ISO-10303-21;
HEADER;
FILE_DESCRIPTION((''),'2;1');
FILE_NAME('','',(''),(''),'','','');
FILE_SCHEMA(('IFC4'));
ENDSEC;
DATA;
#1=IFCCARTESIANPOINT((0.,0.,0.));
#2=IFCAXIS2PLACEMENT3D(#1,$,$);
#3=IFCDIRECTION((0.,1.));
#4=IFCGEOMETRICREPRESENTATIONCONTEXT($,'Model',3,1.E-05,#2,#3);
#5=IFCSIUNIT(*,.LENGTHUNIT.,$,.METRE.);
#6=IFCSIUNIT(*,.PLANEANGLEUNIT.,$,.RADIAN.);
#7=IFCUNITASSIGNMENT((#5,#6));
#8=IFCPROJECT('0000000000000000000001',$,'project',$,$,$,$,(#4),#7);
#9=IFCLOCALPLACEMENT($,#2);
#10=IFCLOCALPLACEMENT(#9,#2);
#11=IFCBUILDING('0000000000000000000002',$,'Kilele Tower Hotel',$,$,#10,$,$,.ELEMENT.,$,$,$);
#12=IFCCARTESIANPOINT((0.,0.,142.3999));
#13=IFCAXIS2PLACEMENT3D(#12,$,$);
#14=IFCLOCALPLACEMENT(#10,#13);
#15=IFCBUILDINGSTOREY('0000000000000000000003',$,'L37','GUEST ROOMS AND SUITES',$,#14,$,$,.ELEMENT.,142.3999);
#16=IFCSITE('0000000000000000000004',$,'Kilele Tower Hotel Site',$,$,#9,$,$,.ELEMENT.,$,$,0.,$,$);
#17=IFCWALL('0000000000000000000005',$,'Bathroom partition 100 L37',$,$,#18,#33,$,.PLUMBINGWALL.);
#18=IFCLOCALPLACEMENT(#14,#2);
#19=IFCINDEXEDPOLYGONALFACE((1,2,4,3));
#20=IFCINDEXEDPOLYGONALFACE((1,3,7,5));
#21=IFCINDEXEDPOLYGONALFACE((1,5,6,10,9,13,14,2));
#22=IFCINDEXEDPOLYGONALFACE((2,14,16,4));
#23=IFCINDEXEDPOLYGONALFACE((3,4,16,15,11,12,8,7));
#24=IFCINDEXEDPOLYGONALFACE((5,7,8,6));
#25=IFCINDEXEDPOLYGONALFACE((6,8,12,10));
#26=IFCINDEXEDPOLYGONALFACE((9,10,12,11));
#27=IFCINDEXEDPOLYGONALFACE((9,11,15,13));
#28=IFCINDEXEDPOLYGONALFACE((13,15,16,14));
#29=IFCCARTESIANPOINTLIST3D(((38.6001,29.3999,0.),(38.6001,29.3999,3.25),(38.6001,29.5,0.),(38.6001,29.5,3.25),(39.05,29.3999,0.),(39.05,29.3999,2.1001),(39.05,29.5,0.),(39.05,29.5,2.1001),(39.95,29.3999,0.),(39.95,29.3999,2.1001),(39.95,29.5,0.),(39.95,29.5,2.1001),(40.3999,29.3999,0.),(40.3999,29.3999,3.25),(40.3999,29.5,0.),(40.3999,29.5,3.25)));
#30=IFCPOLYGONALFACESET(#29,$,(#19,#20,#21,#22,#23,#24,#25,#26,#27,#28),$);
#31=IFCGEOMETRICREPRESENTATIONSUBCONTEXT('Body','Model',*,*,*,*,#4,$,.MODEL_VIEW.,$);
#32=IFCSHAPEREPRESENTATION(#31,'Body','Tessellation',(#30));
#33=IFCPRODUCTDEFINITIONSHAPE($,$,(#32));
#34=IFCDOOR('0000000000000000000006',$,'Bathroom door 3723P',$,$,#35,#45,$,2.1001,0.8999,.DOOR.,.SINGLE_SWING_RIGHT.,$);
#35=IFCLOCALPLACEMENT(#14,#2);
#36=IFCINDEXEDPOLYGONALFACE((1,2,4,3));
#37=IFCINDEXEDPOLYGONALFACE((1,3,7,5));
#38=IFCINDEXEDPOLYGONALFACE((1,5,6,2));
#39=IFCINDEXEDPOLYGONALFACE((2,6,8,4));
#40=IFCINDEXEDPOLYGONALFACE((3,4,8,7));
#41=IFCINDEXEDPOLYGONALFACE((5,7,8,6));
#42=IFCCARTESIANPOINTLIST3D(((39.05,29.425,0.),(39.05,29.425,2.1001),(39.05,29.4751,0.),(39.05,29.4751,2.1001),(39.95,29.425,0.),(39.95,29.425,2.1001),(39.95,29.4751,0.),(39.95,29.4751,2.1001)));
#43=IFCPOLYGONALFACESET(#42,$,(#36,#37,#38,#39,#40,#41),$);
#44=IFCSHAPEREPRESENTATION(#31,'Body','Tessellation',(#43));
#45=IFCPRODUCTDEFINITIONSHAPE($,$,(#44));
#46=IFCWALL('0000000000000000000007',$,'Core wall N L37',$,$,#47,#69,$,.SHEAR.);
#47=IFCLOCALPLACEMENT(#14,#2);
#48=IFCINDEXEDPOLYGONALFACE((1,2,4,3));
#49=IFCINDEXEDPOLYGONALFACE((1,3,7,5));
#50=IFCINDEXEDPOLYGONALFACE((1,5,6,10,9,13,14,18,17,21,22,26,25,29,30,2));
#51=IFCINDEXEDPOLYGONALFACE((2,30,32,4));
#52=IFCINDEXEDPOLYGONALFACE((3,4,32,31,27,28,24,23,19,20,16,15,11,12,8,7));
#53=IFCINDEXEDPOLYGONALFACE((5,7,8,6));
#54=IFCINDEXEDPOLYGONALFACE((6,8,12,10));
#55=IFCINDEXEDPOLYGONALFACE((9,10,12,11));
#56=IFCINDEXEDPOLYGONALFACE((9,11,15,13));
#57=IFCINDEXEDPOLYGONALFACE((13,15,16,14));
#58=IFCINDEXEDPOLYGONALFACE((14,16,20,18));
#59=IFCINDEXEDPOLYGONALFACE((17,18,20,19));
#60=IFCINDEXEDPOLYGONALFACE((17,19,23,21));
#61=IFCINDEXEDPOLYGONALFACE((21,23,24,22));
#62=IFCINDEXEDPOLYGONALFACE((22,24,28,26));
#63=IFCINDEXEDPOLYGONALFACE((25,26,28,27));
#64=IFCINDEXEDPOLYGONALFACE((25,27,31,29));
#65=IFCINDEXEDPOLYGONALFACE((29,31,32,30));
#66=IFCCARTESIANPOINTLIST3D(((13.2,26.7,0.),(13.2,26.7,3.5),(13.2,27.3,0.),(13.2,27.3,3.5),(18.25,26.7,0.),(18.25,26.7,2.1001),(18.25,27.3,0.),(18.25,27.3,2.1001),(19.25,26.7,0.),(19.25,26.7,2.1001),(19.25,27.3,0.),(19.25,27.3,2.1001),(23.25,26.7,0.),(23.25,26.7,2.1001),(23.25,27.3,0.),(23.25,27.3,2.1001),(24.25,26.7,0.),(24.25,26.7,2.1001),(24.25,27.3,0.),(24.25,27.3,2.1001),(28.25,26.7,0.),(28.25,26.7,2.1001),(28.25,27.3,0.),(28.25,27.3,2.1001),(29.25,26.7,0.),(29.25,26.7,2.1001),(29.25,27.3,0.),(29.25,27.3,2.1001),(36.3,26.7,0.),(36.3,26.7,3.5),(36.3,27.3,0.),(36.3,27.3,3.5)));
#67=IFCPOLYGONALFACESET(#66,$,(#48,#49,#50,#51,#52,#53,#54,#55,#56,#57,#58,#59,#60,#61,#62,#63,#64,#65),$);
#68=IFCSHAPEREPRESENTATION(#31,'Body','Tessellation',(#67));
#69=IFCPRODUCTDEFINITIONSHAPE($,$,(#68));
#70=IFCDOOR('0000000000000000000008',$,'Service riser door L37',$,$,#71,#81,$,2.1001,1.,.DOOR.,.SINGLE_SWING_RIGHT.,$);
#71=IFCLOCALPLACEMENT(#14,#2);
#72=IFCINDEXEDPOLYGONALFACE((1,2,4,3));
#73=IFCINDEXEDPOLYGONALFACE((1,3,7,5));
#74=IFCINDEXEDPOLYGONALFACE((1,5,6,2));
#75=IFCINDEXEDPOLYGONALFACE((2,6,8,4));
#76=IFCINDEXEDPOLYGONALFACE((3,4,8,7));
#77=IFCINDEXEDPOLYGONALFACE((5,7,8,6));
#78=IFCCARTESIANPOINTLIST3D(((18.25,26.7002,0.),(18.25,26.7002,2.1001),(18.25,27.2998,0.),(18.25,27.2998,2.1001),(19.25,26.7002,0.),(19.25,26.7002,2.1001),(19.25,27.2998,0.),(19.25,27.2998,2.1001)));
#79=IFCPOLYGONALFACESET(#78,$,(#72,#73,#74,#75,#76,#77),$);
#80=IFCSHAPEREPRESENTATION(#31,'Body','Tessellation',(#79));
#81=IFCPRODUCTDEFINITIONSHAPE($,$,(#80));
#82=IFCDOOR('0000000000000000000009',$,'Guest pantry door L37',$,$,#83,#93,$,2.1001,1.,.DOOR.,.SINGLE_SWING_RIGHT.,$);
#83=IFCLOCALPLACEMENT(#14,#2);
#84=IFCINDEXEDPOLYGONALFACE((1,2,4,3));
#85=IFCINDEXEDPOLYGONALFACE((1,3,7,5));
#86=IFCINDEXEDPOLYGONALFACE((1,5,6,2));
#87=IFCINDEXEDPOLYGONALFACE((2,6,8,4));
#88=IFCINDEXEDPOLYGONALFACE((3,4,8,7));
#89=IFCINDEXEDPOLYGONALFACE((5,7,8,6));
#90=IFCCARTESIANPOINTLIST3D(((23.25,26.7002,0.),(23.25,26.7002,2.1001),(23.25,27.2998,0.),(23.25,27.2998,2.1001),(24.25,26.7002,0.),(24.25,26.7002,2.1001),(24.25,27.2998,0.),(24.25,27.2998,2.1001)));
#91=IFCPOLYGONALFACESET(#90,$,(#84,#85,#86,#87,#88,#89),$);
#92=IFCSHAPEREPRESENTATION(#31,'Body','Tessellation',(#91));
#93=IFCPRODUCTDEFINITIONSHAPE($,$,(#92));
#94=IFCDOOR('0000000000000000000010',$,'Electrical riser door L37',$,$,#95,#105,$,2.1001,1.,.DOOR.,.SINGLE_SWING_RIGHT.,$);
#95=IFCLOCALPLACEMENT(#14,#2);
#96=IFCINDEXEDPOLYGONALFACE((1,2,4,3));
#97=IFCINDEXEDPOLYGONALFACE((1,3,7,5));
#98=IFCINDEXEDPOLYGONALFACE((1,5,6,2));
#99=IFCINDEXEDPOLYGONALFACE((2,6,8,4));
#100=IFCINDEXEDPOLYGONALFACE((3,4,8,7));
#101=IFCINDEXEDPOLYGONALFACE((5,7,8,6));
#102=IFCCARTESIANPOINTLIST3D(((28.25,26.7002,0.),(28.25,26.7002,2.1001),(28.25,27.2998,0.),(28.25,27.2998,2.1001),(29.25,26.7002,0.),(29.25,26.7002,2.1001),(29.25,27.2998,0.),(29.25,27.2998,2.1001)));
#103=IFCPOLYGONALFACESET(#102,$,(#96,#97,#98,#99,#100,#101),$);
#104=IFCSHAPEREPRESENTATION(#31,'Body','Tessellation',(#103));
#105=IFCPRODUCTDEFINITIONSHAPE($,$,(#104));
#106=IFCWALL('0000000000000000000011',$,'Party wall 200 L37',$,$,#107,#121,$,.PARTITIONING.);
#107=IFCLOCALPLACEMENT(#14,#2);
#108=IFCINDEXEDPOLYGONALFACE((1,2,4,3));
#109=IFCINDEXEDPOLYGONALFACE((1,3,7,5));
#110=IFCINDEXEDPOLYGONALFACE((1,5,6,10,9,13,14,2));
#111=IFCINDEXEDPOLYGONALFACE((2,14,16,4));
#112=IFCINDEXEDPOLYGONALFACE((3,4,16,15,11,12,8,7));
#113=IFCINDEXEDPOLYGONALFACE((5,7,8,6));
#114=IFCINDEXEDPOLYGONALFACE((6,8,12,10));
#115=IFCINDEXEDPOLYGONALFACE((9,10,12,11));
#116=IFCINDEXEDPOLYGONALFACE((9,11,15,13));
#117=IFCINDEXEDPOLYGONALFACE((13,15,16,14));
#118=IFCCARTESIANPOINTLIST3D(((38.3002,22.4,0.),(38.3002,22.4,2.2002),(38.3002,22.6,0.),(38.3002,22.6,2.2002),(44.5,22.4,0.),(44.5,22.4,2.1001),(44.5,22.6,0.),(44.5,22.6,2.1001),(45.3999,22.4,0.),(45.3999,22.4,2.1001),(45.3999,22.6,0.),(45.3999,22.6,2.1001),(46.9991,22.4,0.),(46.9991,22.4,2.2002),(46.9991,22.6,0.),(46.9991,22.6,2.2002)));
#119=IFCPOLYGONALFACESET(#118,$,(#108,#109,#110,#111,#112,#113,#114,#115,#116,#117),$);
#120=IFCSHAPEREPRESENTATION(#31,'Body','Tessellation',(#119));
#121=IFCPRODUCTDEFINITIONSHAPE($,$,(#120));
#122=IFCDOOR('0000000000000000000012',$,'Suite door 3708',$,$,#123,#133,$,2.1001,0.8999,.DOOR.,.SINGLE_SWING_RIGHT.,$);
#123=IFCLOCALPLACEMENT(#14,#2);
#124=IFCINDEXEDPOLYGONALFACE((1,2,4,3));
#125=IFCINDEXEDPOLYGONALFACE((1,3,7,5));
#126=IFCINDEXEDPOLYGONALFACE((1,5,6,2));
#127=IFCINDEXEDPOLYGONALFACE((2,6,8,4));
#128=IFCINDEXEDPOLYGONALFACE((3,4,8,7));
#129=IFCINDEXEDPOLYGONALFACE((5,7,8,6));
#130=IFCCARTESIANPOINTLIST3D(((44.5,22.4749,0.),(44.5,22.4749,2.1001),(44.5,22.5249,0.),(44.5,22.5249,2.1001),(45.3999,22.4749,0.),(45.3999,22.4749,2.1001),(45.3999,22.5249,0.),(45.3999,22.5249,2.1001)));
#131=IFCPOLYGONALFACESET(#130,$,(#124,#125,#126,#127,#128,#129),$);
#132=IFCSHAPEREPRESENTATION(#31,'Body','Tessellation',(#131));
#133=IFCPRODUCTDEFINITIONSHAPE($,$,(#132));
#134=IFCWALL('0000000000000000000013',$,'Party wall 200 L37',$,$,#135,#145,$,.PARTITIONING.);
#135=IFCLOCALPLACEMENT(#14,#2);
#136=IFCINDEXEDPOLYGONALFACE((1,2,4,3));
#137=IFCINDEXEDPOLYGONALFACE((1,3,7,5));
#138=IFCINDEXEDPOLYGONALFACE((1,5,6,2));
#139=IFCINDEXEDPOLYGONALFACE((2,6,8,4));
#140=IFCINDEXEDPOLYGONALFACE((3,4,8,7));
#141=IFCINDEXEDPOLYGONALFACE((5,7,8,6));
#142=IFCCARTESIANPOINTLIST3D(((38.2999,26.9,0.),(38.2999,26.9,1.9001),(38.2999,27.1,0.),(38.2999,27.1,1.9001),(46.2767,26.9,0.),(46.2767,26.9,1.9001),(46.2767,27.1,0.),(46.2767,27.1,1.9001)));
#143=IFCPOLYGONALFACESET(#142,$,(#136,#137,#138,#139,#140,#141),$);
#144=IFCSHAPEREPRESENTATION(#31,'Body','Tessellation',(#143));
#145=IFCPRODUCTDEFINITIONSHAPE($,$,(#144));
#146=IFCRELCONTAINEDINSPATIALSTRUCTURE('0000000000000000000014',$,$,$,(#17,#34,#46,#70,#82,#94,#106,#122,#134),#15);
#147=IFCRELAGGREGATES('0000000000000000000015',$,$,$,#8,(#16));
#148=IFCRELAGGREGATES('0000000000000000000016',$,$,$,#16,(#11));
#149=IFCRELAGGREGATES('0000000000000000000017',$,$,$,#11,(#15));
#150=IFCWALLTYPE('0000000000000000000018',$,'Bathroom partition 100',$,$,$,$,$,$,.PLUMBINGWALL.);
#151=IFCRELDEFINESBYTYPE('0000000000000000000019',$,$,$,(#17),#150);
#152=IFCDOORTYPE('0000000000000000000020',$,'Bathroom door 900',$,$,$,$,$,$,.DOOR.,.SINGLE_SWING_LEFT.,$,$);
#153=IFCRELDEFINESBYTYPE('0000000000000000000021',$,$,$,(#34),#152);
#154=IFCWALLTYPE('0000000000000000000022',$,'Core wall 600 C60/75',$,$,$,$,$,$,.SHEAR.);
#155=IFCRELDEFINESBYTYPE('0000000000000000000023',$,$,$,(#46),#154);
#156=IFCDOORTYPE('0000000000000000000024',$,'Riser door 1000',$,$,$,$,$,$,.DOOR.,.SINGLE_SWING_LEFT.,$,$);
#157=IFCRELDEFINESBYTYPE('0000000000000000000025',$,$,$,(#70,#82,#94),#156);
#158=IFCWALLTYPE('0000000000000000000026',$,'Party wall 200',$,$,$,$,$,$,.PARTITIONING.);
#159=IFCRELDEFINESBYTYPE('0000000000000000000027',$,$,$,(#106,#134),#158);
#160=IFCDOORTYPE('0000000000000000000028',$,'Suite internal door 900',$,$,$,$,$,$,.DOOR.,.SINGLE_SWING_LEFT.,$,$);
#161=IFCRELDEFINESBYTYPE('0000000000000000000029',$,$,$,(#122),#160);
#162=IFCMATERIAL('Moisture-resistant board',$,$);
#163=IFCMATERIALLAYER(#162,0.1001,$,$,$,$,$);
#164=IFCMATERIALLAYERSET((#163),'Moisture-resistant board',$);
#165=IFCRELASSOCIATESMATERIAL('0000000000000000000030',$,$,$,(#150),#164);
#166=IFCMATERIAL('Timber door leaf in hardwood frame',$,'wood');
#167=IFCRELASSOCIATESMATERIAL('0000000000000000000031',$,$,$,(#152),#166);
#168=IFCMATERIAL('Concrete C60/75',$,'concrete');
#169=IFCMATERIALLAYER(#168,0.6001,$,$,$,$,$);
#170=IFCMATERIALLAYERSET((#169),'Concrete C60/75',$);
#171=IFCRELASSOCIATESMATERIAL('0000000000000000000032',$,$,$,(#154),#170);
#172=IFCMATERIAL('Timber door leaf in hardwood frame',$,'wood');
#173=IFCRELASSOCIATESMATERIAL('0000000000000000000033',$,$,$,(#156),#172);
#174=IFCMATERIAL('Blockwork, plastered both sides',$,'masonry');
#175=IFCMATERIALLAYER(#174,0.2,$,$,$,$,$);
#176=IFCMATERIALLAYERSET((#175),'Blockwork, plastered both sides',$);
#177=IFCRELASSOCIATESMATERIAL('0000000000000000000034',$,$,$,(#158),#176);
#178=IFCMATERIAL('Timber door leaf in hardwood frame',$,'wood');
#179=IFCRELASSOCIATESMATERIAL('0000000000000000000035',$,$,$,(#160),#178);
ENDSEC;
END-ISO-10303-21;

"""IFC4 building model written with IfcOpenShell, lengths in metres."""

from ifc_helpers import new_model, si_unit, direction, frame, frame_2d, origin, place, context, subcontext, project, spatial, rectangle, extrude, material, layer, layer_set, type_object, element, fill, save


model = new_model("IFC4")

# Units and contexts
model_context = context("Model", 3, precision=1e-05, world=origin(), true_north=direction((0.0, 1.0)))
body_context = subcontext(model_context, "Body", "Model", "MODEL_VIEW")
ifc_project = project(units=[si_unit("LENGTHUNIT", "METRE"), si_unit("PLANEANGLEUNIT", "RADIAN")], contexts=[model_context])

# Site, building, storey
site_placement = place(None, origin())
site = spatial("IfcSite", under=ifc_project, at=site_placement, Name="Kilele Tower Hotel Site", CompositionType="ELEMENT", RefElevation=0.0)
building_placement = place(site_placement, origin())
building = spatial("IfcBuilding", under=site, at=building_placement, Name="Kilele Tower Hotel", CompositionType="ELEMENT")
storey_placement = place(building_placement, frame((0.0, 0.0, 142.3999)))
storey = spatial("IfcBuildingStorey", under=building, at=storey_placement, Name="L37", Description="GUEST ROOMS AND SUITES", CompositionType="ELEMENT", Elevation=142.3999)

# Shared definitions
ifc_material_1 = material(Name="Moisture-resistant board")
ifc_layer_1 = layer(ifc_material_1, 0.1001)
ifc_layer_set_1 = layer_set([ifc_layer_1], Name="Moisture-resistant board")
wall_type_1 = type_object("IfcWallType", Name="Bathroom partition 100", PredefinedType="PLUMBINGWALL", material=ifc_layer_set_1)

# Shared definitions
ifc_material_2 = material(Name="Timber door leaf in hardwood frame", Category="wood")
door_type_1 = type_object("IfcDoorType", Name="Bathroom door 900", OperationType="SINGLE_SWING_LEFT", PredefinedType="DOOR", material=ifc_material_2)

# Wall, opening, door
wall_1_placement = place(storey_placement, frame((38.6001, 29.45, 0.0), z_axis=(0.0, 0.0, 1.0), x_axis=(1.0, 0.0, 0.0)))
wall_1 = element("IfcWall", 1, at=wall_1_placement, inside=storey, type_object=wall_type_1, Name="Bathroom partition 100 L37", PredefinedType="PLUMBINGWALL", context=body_context, shape_type="SweptSolid", body=[
    extrude(rectangle(XDim=1.7998, YDim=0.1001, at=frame_2d((0.8999, 0.0))), origin(), (0.0, 0.0, 1.0), 3.25),
])
opening_1_placement = place(wall_1_placement, frame((1.3499, 0.0, 0.0), z_axis=(0.0, 0.0, 1.0), x_axis=(-1.0, 0.0, 0.0)))
opening_1 = element("IfcOpeningElement", 2, at=opening_1_placement, cuts=wall_1, PredefinedType="OPENING", context=body_context, shape_type="SweptSolid", body=[
    extrude(rectangle(XDim=0.8999, YDim=2.1001, at=frame_2d((0.45, 1.05))), frame((0.0, 0.0601, 0.0), z_axis=(0.0, -1.0, 0.0), x_axis=(1.0, 0.0, 0.0)), (0.0, 0.0, 1.0), 0.1201),
])
door_1_placement = place(opening_1_placement, origin())
door_1 = element("IfcDoor", 3, at=door_1_placement, inside=storey, type_object=door_type_1, Name="Bathroom door 3723P", OperationType="SINGLE_SWING_RIGHT", OverallHeight=2.1001, OverallWidth=0.8999, PredefinedType="DOOR", context=body_context, shape_type="SweptSolid", body=[
    extrude(rectangle(XDim=0.8999, YDim=2.1001, at=frame_2d((0.45, 1.05))), frame((0.0, 0.0249, 0.0), z_axis=(0.0, -1.0, 0.0), x_axis=(1.0, 0.0, 0.0)), (0.0, 0.0, 1.0), 0.05),
])
fill(opening_1, door_1)

# Wall, openings, doors
ifc_material_3 = material(Name="Concrete C60/75", Category="concrete")
ifc_layer_2 = layer(ifc_material_3, 0.6001)
ifc_layer_set_2 = layer_set([ifc_layer_2], Name="Concrete C60/75")
wall_type_2 = type_object("IfcWallType", Name="Core wall 600 C60/75", PredefinedType="SHEAR", material=ifc_layer_set_2)
wall_2_placement = place(storey_placement, frame((36.3, 27.0, 0.0), z_axis=(0.0, 0.0, 1.0), x_axis=(-1.0, 0.0, 0.0)))
wall_2 = element("IfcWall", 4, at=wall_2_placement, inside=storey, type_object=wall_type_2, Name="Core wall N L37", PredefinedType="SHEAR", context=body_context, shape_type="SweptSolid", body=[
    extrude(rectangle(XDim=23.1001, YDim=0.6001, at=frame_2d((11.55, 0.0))), origin(), (0.0, 0.0, 1.0), 3.5),
])
opening_2_placement = place(wall_2_placement, frame((17.05, 0.0, 0.0)))
opening_2 = element("IfcOpeningElement", 5, at=opening_2_placement, cuts=wall_2, PredefinedType="OPENING", context=body_context, shape_type="SweptSolid", body=[
    extrude(rectangle(XDim=1.0, YDim=2.1001, at=frame_2d((0.5, 1.05))), frame((0.0, 0.3101, 0.0), z_axis=(0.0, -1.0, 0.0), x_axis=(1.0, 0.0, 0.0)), (0.0, 0.0, 1.0), 0.6201),
])
opening_3_placement = place(wall_2_placement, frame((12.05, 0.0, 0.0)))
opening_3 = element("IfcOpeningElement", 6, at=opening_3_placement, cuts=wall_2, PredefinedType="OPENING", context=body_context, shape_type="SweptSolid", body=[
    extrude(rectangle(XDim=1.0, YDim=2.1001, at=frame_2d((0.5, 1.05))), frame((0.0, 0.3101, 0.0), z_axis=(0.0, -1.0, 0.0), x_axis=(1.0, 0.0, 0.0)), (0.0, 0.0, 1.0), 0.6201),
])
opening_4_placement = place(wall_2_placement, frame((7.05, 0.0, 0.0)))
opening_4 = element("IfcOpeningElement", 7, at=opening_4_placement, cuts=wall_2, PredefinedType="OPENING", context=body_context, shape_type="SweptSolid", body=[
    extrude(rectangle(XDim=1.0, YDim=2.1001, at=frame_2d((0.5, 1.05))), frame((0.0, 0.3101, 0.0), z_axis=(0.0, -1.0, 0.0), x_axis=(1.0, 0.0, 0.0)), (0.0, 0.0, 1.0), 0.6201),
])
ifc_material_4 = material(Name="Timber door leaf in hardwood frame", Category="wood")
door_type_2 = type_object("IfcDoorType", Name="Riser door 1000", OperationType="SINGLE_SWING_LEFT", PredefinedType="DOOR", material=ifc_material_4)
door_2_placement = place(opening_2_placement, origin())
door_2 = element("IfcDoor", 8, at=door_2_placement, inside=storey, type_object=door_type_2, Name="Service riser door L37", OperationType="SINGLE_SWING_RIGHT", OverallHeight=2.1001, OverallWidth=1.0, PredefinedType="DOOR", context=body_context, shape_type="SweptSolid", body=[
    extrude(rectangle(XDim=1.0, YDim=2.1001, at=frame_2d((0.5, 1.05))), frame((0.0, 0.2998, 0.0), z_axis=(0.0, -1.0, 0.0), x_axis=(1.0, 0.0, 0.0)), (0.0, 0.0, 1.0), 0.5996),
])
fill(opening_2, door_2)
door_3_placement = place(opening_3_placement, origin())
door_3 = element("IfcDoor", 9, at=door_3_placement, inside=storey, type_object=door_type_2, Name="Guest pantry door L37", OperationType="SINGLE_SWING_RIGHT", OverallHeight=2.1001, OverallWidth=1.0, PredefinedType="DOOR", context=body_context, shape_type="SweptSolid", body=[
    extrude(rectangle(XDim=1.0, YDim=2.1001, at=frame_2d((0.5, 1.05))), frame((0.0, 0.2998, 0.0), z_axis=(0.0, -1.0, 0.0), x_axis=(1.0, 0.0, 0.0)), (0.0, 0.0, 1.0), 0.5996),
])
fill(opening_3, door_3)
door_4_placement = place(opening_4_placement, origin())
door_4 = element("IfcDoor", 10, at=door_4_placement, inside=storey, type_object=door_type_2, Name="Electrical riser door L37", OperationType="SINGLE_SWING_RIGHT", OverallHeight=2.1001, OverallWidth=1.0, PredefinedType="DOOR", context=body_context, shape_type="SweptSolid", body=[
    extrude(rectangle(XDim=1.0, YDim=2.1001, at=frame_2d((0.5, 1.05))), frame((0.0, 0.2998, 0.0), z_axis=(0.0, -1.0, 0.0), x_axis=(1.0, 0.0, 0.0)), (0.0, 0.0, 1.0), 0.5996),
])
fill(opening_4, door_4)

# Wall, opening, door
ifc_material_5 = material(Name="Blockwork, plastered both sides", Category="masonry")
ifc_layer_3 = layer(ifc_material_5, 0.2)
ifc_layer_set_3 = layer_set([ifc_layer_3], Name="Blockwork, plastered both sides")
wall_type_3 = type_object("IfcWallType", Name="Party wall 200", PredefinedType="PARTITIONING", material=ifc_layer_set_3)
wall_3_placement = place(storey_placement, frame((38.3, 22.5, 0.0), z_axis=(0.0, 0.0, 1.0), x_axis=(1.0, 0.0, 0.0)))
wall_3 = element("IfcWall", 11, at=wall_3_placement, inside=storey, type_object=wall_type_3, Name="Party wall 200 L37", PredefinedType="PARTITIONING", context=body_context, shape_type="SweptSolid", body=[
    extrude(rectangle(XDim=8.699, YDim=0.2, at=frame_2d((4.3496, 0.0))), origin(), (0.0, 0.0, 1.0), 2.2002),
])
opening_5_placement = place(wall_3_placement, frame((6.2, 0.0, 0.0)))
opening_5 = element("IfcOpeningElement", 12, at=opening_5_placement, cuts=wall_3, PredefinedType="OPENING", context=body_context, shape_type="SweptSolid", body=[
    extrude(rectangle(XDim=0.8999, YDim=2.1001, at=frame_2d((0.45, 1.05))), frame((0.0, 0.1099, 0.0), z_axis=(0.0, -1.0, 0.0), x_axis=(1.0, 0.0, 0.0)), (0.0, 0.0, 1.0), 0.22),
])
ifc_material_6 = material(Name="Timber door leaf in hardwood frame", Category="wood")
door_type_3 = type_object("IfcDoorType", Name="Suite internal door 900", OperationType="SINGLE_SWING_LEFT", PredefinedType="DOOR", material=ifc_material_6)
door_5_placement = place(opening_5_placement, origin())
door_5 = element("IfcDoor", 13, at=door_5_placement, inside=storey, type_object=door_type_3, Name="Suite door 3708", OperationType="SINGLE_SWING_RIGHT", OverallHeight=2.1001, OverallWidth=0.8999, PredefinedType="DOOR", context=body_context, shape_type="SweptSolid", body=[
    extrude(rectangle(XDim=0.8999, YDim=2.1001, at=frame_2d((0.45, 1.05))), frame((0.0, 0.0249, 0.0), z_axis=(0.0, -1.0, 0.0), x_axis=(1.0, 0.0, 0.0)), (0.0, 0.0, 1.0), 0.05),
])
fill(opening_5, door_5)

# Wall
wall_4_placement = place(storey_placement, frame((38.3, 27.0, 0.0), z_axis=(0.0, 0.0, 1.0), x_axis=(1.0, 0.0, 0.0)))
element("IfcWall", 14, at=wall_4_placement, inside=storey, type_object=wall_type_3, Name="Party wall 200 L37", PredefinedType="PARTITIONING", context=body_context, shape_type="SweptSolid", body=[
    extrude(rectangle(XDim=7.9768, YDim=0.2, at=frame_2d((3.9883, 0.0))), origin(), (0.0, 0.0, 1.0), 1.9001),
])

save(model, "model.ifc")
